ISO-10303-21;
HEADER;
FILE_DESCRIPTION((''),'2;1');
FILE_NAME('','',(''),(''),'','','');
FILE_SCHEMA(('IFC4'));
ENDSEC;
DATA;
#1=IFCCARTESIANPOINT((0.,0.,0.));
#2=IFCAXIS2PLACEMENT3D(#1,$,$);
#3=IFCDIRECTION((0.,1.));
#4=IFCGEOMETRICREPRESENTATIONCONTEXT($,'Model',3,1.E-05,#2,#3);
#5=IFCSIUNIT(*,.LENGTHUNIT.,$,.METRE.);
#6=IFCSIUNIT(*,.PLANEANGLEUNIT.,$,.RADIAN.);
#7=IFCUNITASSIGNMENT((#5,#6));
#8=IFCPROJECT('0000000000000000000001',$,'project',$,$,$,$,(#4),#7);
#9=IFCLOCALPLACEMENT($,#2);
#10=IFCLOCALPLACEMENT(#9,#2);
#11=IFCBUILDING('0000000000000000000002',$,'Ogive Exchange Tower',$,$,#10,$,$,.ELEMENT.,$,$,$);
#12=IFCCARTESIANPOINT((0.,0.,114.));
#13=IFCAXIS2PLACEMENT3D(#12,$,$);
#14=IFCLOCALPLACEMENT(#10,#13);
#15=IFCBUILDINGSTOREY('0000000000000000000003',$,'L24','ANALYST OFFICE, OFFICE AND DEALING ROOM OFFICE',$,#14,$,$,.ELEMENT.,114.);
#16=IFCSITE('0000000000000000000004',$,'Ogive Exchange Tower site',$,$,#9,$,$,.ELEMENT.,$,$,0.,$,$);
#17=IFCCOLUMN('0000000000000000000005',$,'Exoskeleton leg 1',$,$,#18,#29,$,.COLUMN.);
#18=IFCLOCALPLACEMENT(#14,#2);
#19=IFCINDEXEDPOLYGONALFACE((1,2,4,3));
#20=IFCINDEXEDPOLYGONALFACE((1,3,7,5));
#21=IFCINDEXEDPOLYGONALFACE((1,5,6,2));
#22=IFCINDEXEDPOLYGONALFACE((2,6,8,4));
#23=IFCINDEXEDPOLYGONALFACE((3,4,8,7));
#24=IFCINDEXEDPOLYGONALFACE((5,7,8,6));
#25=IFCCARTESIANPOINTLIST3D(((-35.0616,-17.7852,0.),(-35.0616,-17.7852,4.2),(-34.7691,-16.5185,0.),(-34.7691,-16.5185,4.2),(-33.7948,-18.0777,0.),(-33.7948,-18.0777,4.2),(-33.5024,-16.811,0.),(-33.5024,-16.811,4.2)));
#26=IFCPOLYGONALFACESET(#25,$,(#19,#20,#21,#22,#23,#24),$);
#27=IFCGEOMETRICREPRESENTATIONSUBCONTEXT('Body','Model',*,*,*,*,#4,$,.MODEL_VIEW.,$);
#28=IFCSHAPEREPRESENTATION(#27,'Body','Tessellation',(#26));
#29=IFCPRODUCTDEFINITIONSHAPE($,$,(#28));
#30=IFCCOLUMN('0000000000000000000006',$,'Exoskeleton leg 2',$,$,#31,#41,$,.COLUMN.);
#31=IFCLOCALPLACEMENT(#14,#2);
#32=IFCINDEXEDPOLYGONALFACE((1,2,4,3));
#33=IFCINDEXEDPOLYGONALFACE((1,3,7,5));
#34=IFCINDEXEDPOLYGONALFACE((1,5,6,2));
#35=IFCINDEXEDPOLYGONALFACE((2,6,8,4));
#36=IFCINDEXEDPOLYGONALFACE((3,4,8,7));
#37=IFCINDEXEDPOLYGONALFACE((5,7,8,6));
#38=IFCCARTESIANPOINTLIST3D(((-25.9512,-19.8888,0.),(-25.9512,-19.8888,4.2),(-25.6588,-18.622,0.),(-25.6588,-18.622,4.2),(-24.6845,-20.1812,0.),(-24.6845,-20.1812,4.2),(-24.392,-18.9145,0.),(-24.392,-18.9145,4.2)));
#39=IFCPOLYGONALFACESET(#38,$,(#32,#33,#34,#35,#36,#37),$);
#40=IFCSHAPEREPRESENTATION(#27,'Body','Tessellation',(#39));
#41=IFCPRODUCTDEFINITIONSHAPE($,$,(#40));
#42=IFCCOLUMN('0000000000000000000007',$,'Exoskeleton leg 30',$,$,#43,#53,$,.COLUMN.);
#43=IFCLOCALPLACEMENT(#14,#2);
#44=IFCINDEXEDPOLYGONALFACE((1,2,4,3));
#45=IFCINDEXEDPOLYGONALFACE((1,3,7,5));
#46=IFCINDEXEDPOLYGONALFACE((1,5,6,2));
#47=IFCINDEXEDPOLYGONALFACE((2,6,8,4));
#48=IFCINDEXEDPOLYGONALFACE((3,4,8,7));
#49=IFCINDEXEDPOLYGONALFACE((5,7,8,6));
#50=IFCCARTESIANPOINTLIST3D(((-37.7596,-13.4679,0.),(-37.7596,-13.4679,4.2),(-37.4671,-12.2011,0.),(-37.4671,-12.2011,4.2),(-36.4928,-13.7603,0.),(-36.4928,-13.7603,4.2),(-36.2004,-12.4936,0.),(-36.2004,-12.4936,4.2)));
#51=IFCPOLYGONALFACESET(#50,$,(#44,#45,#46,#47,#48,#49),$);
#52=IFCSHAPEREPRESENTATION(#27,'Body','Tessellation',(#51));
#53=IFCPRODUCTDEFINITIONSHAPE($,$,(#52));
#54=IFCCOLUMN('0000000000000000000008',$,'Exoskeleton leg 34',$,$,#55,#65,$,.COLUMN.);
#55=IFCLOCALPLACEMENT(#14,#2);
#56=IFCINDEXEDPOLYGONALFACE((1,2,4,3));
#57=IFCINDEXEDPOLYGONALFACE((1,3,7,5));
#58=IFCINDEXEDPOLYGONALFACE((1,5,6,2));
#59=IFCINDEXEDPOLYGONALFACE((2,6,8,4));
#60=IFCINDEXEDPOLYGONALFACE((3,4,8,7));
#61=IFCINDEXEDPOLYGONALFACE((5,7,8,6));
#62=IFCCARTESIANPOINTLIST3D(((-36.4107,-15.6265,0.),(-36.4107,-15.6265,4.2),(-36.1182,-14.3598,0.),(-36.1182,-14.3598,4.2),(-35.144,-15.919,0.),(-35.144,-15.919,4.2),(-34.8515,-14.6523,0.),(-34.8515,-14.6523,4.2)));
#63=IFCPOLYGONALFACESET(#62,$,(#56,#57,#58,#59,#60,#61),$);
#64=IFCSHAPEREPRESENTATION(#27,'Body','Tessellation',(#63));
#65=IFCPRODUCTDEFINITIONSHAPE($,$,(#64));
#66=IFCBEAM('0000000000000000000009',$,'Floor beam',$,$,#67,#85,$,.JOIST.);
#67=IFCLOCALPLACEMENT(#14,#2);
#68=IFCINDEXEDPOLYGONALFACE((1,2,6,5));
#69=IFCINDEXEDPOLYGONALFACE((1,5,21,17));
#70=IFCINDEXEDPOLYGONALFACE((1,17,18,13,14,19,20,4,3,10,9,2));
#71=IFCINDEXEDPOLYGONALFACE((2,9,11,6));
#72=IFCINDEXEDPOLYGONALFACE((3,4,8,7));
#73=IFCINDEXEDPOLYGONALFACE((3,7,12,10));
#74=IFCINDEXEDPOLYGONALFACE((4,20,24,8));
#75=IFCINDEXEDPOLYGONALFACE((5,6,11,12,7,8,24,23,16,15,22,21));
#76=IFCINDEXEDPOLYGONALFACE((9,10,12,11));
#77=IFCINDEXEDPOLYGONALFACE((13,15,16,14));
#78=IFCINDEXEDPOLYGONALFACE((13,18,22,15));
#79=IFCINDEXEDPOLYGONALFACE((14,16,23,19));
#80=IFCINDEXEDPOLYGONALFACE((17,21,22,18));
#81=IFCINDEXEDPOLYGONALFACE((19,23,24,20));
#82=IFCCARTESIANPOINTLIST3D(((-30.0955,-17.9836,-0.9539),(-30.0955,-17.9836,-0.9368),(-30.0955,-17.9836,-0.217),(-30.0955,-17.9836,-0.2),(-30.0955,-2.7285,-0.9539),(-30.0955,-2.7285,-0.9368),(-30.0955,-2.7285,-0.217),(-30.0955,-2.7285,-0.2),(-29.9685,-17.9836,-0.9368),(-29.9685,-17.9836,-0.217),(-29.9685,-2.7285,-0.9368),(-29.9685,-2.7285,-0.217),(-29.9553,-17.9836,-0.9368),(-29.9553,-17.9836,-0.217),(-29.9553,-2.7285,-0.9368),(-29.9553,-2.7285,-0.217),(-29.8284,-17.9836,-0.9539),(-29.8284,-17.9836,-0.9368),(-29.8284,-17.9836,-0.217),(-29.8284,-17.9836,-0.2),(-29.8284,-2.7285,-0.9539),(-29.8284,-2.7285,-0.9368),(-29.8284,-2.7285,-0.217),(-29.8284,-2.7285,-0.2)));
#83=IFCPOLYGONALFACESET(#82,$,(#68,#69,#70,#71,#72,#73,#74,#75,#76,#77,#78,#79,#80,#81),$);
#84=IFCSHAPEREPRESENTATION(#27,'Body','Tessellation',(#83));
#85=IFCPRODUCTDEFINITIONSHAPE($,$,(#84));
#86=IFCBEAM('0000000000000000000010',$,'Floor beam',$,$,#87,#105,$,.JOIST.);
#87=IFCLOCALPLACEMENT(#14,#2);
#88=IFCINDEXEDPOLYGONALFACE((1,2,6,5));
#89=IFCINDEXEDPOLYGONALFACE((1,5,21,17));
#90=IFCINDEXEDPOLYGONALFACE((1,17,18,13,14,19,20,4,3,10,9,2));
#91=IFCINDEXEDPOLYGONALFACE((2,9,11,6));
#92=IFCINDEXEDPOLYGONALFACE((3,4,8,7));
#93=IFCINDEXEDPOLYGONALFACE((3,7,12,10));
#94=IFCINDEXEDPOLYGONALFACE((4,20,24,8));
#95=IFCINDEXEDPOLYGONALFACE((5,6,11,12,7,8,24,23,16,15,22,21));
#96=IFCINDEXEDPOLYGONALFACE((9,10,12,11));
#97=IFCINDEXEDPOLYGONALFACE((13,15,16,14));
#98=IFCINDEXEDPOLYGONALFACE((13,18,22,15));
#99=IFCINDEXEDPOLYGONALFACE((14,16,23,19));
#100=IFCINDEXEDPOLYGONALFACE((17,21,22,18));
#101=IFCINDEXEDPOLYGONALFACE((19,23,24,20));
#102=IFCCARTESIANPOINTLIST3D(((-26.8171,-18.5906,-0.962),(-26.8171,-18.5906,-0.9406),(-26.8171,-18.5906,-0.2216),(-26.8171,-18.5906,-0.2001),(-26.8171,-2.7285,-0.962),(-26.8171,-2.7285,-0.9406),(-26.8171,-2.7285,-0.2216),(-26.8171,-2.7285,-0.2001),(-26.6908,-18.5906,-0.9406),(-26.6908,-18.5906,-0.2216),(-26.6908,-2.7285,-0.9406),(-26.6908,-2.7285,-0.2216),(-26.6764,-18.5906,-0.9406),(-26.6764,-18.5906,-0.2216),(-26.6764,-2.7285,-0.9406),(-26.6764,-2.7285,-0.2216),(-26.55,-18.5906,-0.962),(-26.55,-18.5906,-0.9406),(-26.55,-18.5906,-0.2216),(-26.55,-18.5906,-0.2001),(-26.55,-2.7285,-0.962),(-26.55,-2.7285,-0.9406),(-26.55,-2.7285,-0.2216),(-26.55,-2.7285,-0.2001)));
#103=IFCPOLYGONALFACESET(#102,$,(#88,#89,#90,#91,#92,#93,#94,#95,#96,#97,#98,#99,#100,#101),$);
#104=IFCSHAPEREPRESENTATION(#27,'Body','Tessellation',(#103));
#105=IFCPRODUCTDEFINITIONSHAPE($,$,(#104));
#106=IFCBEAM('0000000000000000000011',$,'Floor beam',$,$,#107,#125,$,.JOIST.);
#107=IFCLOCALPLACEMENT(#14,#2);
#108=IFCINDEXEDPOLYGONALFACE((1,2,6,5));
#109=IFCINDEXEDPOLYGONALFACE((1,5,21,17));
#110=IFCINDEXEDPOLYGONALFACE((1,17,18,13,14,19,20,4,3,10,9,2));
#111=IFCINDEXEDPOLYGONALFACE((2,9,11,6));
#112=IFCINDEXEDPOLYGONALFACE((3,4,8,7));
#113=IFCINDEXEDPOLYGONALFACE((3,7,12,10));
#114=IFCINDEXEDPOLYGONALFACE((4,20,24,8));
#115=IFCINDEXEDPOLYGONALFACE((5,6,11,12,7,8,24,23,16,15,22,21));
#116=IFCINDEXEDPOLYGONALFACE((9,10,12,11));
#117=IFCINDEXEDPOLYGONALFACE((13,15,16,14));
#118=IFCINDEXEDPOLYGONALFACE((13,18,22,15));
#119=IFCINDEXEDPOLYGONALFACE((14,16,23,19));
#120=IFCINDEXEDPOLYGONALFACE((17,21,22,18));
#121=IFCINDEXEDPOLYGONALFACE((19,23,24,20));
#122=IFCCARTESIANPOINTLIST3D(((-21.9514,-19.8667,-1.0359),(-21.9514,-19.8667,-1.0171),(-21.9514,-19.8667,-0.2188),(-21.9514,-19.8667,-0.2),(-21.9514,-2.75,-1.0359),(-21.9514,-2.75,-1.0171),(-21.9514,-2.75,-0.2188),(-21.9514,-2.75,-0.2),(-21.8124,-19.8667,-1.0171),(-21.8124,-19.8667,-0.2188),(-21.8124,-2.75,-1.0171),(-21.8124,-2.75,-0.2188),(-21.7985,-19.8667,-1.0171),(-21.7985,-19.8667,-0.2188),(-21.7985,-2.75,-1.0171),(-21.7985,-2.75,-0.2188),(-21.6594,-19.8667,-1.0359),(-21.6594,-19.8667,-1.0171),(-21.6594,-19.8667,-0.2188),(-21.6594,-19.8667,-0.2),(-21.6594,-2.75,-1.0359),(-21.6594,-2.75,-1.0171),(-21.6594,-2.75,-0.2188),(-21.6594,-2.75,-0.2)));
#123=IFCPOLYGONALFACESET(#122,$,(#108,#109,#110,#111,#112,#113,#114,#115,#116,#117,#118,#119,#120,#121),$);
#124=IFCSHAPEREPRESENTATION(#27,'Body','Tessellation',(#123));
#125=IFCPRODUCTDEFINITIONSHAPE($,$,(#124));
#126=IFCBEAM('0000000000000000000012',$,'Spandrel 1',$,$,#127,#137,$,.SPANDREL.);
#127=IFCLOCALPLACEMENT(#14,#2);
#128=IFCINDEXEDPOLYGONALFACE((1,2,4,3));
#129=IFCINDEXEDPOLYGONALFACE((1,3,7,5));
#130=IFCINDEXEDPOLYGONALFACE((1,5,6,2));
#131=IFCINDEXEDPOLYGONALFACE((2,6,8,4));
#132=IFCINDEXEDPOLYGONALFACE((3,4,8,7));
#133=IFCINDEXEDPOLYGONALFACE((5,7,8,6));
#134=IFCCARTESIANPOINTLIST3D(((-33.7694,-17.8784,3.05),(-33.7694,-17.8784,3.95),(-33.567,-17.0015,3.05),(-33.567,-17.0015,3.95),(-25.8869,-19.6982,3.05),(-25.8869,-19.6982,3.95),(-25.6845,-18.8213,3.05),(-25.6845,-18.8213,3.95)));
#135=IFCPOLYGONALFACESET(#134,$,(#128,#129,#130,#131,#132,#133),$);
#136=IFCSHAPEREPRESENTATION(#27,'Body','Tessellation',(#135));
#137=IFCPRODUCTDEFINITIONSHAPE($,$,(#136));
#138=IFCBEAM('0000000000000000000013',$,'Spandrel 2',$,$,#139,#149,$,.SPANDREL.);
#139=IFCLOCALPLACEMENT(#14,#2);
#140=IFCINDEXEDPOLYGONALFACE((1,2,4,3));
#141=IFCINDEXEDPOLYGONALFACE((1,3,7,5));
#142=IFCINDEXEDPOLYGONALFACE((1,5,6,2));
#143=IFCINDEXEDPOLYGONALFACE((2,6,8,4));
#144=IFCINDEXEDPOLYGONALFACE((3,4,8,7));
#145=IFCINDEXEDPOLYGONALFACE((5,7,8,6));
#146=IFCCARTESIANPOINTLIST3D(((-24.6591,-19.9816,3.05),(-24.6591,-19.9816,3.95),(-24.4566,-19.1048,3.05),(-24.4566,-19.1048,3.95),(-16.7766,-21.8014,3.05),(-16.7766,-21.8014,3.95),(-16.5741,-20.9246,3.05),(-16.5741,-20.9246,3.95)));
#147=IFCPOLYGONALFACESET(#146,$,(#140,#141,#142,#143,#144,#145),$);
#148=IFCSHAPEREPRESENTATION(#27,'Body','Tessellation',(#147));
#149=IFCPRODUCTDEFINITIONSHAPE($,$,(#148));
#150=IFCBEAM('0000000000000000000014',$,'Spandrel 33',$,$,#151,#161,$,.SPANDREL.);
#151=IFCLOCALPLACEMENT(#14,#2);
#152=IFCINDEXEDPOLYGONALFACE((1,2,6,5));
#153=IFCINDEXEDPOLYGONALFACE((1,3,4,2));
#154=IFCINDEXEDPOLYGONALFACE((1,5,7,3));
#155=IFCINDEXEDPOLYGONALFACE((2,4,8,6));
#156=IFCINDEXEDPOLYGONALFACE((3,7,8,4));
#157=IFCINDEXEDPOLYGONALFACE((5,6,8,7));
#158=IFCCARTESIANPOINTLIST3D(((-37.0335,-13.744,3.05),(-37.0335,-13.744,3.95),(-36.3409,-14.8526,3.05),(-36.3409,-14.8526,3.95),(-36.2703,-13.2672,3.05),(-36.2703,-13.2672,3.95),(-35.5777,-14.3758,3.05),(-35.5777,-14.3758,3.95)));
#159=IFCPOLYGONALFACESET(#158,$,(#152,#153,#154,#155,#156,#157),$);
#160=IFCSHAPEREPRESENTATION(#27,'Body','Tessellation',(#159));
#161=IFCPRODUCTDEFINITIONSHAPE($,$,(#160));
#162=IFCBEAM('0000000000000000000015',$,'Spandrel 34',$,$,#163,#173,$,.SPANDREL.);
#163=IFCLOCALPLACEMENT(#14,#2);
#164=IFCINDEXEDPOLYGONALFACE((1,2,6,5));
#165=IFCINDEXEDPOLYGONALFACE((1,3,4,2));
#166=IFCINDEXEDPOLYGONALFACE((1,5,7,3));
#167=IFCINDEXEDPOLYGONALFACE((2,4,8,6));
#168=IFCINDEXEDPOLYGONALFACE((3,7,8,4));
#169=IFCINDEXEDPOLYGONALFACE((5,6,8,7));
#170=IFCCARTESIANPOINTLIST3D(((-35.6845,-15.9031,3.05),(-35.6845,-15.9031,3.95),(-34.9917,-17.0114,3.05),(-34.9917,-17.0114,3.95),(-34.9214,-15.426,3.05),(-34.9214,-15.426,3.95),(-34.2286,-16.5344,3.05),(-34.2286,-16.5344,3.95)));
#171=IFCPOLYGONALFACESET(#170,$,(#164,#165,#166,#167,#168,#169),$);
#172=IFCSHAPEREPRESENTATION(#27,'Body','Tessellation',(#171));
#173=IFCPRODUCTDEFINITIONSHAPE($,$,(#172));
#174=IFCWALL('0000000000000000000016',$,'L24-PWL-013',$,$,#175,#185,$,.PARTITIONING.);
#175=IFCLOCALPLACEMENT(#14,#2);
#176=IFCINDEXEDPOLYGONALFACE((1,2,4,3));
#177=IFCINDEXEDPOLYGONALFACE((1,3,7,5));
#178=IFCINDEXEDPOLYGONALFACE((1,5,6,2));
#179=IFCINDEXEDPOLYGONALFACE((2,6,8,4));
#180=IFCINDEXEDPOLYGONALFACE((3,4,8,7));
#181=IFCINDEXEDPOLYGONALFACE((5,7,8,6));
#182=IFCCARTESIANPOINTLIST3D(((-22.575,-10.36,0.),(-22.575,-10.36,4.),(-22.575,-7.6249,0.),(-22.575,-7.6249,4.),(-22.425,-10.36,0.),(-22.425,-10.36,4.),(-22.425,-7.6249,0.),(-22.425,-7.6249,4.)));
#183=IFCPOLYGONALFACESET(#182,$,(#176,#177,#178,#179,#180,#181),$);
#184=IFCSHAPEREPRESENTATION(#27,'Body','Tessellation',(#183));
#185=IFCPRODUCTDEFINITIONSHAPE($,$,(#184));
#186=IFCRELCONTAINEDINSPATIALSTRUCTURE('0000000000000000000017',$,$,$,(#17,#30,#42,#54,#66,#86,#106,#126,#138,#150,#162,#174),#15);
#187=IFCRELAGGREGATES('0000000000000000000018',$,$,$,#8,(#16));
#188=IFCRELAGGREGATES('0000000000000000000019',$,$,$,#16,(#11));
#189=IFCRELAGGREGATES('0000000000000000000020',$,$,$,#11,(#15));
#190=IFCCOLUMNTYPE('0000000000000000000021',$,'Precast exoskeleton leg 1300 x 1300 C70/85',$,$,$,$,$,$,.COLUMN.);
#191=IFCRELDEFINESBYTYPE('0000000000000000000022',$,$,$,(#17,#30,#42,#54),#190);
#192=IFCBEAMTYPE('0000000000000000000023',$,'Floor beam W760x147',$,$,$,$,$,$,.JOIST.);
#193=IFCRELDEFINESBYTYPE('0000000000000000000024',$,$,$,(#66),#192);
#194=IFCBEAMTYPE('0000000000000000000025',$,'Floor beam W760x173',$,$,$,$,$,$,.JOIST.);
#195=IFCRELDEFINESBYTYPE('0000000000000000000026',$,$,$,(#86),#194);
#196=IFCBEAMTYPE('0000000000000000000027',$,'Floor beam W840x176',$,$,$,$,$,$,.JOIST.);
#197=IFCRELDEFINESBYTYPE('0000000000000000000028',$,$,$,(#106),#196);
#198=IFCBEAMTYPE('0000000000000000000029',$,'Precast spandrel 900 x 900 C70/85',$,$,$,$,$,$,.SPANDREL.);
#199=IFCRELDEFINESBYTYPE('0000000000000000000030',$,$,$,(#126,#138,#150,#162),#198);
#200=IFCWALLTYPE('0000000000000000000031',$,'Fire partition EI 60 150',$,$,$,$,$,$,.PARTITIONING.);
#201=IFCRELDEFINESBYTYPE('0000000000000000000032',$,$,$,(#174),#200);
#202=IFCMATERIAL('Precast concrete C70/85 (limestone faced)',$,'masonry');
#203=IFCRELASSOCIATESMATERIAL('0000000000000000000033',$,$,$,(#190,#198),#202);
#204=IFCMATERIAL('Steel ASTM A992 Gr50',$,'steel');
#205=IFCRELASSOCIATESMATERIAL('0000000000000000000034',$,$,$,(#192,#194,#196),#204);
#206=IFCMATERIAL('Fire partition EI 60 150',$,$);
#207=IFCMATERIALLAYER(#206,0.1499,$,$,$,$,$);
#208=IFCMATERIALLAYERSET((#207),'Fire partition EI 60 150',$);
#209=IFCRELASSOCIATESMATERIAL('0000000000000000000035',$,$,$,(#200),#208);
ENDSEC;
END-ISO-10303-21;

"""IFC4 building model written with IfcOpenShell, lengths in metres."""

from ifc_helpers import new_model, si_unit, direction, frame, frame_2d, origin, origin_2d, place, context, subcontext, project, spatial, rectangle, i_section, extrude, material, layer, layer_set, material_profile, profile_set, type_object, element, save


model = new_model("IFC4")

# Units and contexts
model_context = context("Model", 3, precision=1e-05, world=origin(), true_north=direction((0.0, 1.0)))
body_context = subcontext(model_context, "Body", "Model", "MODEL_VIEW")
ifc_project = project(units=[si_unit("LENGTHUNIT", "METRE"), si_unit("PLANEANGLEUNIT", "RADIAN")], contexts=[model_context])

# Site, building, storey
site_placement = place(None, origin())
site = spatial("IfcSite", under=ifc_project, at=site_placement, Name="Ogive Exchange Tower site", CompositionType="ELEMENT", RefElevation=0.0)
building_placement = place(site_placement, origin())
building = spatial("IfcBuilding", under=site, at=building_placement, Name="Ogive Exchange Tower", CompositionType="ELEMENT")
storey_placement = place(building_placement, frame((0.0, 0.0, 114.0)))
storey = spatial("IfcBuildingStorey", under=building, at=storey_placement, Name="L24", Description="ANALYST OFFICE, OFFICE AND DEALING ROOM OFFICE", CompositionType="ELEMENT", Elevation=114.0)

# Columns
ifc_material_1 = material(Name="Precast concrete C70/85 (limestone faced)", Category="masonry")
ifc_material_profile_1 = material_profile(ifc_material_1, rectangle(XDim=1.3, YDim=1.3, at=origin_2d()), Name="1300 x 1300")
ifc_profile_set_1 = profile_set([ifc_material_profile_1], Name="Precast concrete C70/85 (limestone faced)")
column_type = type_object("IfcColumnType", Name="Precast exoskeleton leg 1300 x 1300 C70/85", PredefinedType="COLUMN", material=ifc_profile_set_1)
for number, where, z_axis, x_axis, name in (
    (1, (-34.282, -17.2981, 0.0), (0.0, 0.0, 1.0), (0.97437, -0.224951, 0.0), "Exoskeleton leg 1"),
    (2, (-25.1716, -19.4016, 0.0), (0.0, 0.0, 1.0), (0.97437, -0.224951, 0.0), "Exoskeleton leg 2"),
    (3, (-36.98, -12.9807, 0.0), (0.0, 0.0, 1.0), (0.97437, -0.224951, 0.0), "Exoskeleton leg 30"),
    (4, (-35.6311, -15.1394, 0.0), (0.0, 0.0, 1.0), (0.97437, -0.224951, 0.0), "Exoskeleton leg 34"),
):
    element("IfcColumn", number, at=place(storey_placement, frame(where, z_axis=z_axis, x_axis=x_axis)), inside=storey, type_object=column_type, Name=name, PredefinedType="COLUMN", context=body_context, shape_type="SweptSolid", body=[
        extrude(rectangle(XDim=1.3, YDim=1.3, at=origin_2d()), origin(), (0.0, 0.0, 1.0), 4.2),
    ])

# Beams
ifc_material_2 = material(Name="Steel ASTM A992 Gr50", Category="steel")
ifc_material_profile_2 = material_profile(ifc_material_2, i_section(OverallWidth=0.2671, OverallDepth=0.7539, WebThickness=0.0132, FlangeThickness=0.0171, at=origin_2d()), Name="W760x147")
ifc_profile_set_2 = profile_set([ifc_material_profile_2], Name="Steel ASTM A992 Gr50")
beam_type_1 = type_object("IfcBeamType", Name="Floor beam W760x147", PredefinedType="JOIST", material=ifc_profile_set_2)
beam_1_placement = place(storey_placement, frame((-29.9619, -17.9836, -0.5769), z_axis=(0.0, 1.0, 0.0), x_axis=(-1.0, 0.0, 0.0)))
element("IfcBeam", 5, at=beam_1_placement, inside=storey, type_object=beam_type_1, Name="Floor beam", PredefinedType="JOIST", context=body_context, shape_type="SweptSolid", body=[
    extrude(i_section(OverallWidth=0.2671, OverallDepth=0.7539, WebThickness=0.0132, FlangeThickness=0.0171, at=origin_2d()), origin(), (0.0, 0.0, 1.0), 15.2551),
])
ifc_material_profile_3 = material_profile(ifc_material_2, i_section(OverallWidth=0.2671, OverallDepth=0.762, WebThickness=0.0144, FlangeThickness=0.0215, at=origin_2d()), Name="W760x173")
ifc_profile_set_3 = profile_set([ifc_material_profile_3], Name="Steel ASTM A992 Gr50")
beam_type_2 = type_object("IfcBeamType", Name="Floor beam W760x173", PredefinedType="JOIST", material=ifc_profile_set_3)
beam_2_placement = place(storey_placement, frame((-26.6836, -18.5906, -0.5811), z_axis=(0.0, 1.0, 0.0), x_axis=(-1.0, 0.0, 0.0)))
element("IfcBeam", 6, at=beam_2_placement, inside=storey, type_object=beam_type_2, Name="Floor beam", PredefinedType="JOIST", context=body_context, shape_type="SweptSolid", body=[
    extrude(i_section(OverallWidth=0.2671, OverallDepth=0.762, WebThickness=0.0144, FlangeThickness=0.0215, at=origin_2d()), origin(), (0.0, 0.0, 1.0), 15.8621),
])
ifc_material_profile_4 = material_profile(ifc_material_2, i_section(OverallWidth=0.292, OverallDepth=0.8359, WebThickness=0.0139, FlangeThickness=0.0188, at=origin_2d()), Name="W840x176")
ifc_profile_set_4 = profile_set([ifc_material_profile_4], Name="Steel ASTM A992 Gr50")
beam_type_3 = type_object("IfcBeamType", Name="Floor beam W840x176", PredefinedType="JOIST", material=ifc_profile_set_4)
beam_3_placement = place(storey_placement, frame((-21.8054, -19.8667, -0.6179), z_axis=(0.0, 1.0, 0.0), x_axis=(-1.0, 0.0, 0.0)))
element("IfcBeam", 7, at=beam_3_placement, inside=storey, type_object=beam_type_3, Name="Floor beam", PredefinedType="JOIST", context=body_context, shape_type="SweptSolid", body=[
    extrude(i_section(OverallWidth=0.292, OverallDepth=0.8359, WebThickness=0.0139, FlangeThickness=0.0188, at=origin_2d()), origin(), (0.0, 0.0, 1.0), 17.1167),
])
ifc_material_profile_5 = material_profile(ifc_material_1, rectangle(XDim=0.8999, YDim=0.8999, at=origin_2d()), Name="900 x 900")
ifc_profile_set_5 = profile_set([ifc_material_profile_5], Name="Precast concrete C70/85 (limestone faced)")
beam_type_4 = type_object("IfcBeamType", Name="Precast spandrel 900 x 900 C70/85", PredefinedType="SPANDREL", material=ifc_profile_set_5)
for number, where, z_axis, x_axis, name in (
    (8, (-33.6682, -17.4399, 3.5), (0.97437, -0.22495, 0.0), (0.22495, 0.97437, 0.0), "Spandrel 1"),
    (9, (-24.5579, -19.5432, 3.5), (0.97437, -0.22495, 0.0), (0.22495, 0.97437, 0.0), "Spandrel 2"),
):
    element("IfcBeam", number, at=place(storey_placement, frame(where, z_axis=z_axis, x_axis=x_axis)), inside=storey, type_object=beam_type_4, Name=name, PredefinedType="SPANDREL", context=body_context, shape_type="SweptSolid", body=[
        extrude(rectangle(XDim=0.8999, YDim=0.8999, at=origin_2d()), origin(), (0.0, 0.0, 1.0), 8.0898),
    ])
for number, where, z_axis, x_axis, name in (
    (10, (-36.6519, -13.5056, 3.5), (0.529848, -0.848093, 0.0), (0.848093, 0.529848, 0.0), "Spandrel 33"),
    (11, (-35.303, -15.6646, 3.5), (0.530066, -0.847956, 0.0), (0.847956, 0.530066, 0.0), "Spandrel 34"),
):
    element("IfcBeam", number, at=place(storey_placement, frame(where, z_axis=z_axis, x_axis=x_axis)), inside=storey, type_object=beam_type_4, Name=name, PredefinedType="SPANDREL", context=body_context, shape_type="SweptSolid", body=[
        extrude(rectangle(XDim=0.8999, YDim=0.8999, at=origin_2d()), origin(), (0.0, 0.0, 1.0), 1.3071),
    ])

# Wall
ifc_material_3 = material(Name="Fire partition EI 60 150")
ifc_layer_1 = layer(ifc_material_3, 0.1499)
ifc_layer_set_1 = layer_set([ifc_layer_1], Name="Fire partition EI 60 150")
wall_type_1 = type_object("IfcWallType", Name="Fire partition EI 60 150", PredefinedType="PARTITIONING", material=ifc_layer_set_1)
wall_1_placement = place(storey_placement, frame((-22.5, -10.3601, 0.0), z_axis=(0.0, 0.0, 1.0), x_axis=(0.0, 1.0, 0.0)))
element("IfcWall", 12, at=wall_1_placement, inside=storey, type_object=wall_type_1, Name="L24-PWL-013", PredefinedType="PARTITIONING", context=body_context, shape_type="SweptSolid", body=[
    extrude(rectangle(XDim=2.7351, YDim=0.1499, at=frame_2d((1.3677, 0.0))), origin(), (0.0, 0.0, 1.0), 4.0),
])

save(model, "model.ifc")
